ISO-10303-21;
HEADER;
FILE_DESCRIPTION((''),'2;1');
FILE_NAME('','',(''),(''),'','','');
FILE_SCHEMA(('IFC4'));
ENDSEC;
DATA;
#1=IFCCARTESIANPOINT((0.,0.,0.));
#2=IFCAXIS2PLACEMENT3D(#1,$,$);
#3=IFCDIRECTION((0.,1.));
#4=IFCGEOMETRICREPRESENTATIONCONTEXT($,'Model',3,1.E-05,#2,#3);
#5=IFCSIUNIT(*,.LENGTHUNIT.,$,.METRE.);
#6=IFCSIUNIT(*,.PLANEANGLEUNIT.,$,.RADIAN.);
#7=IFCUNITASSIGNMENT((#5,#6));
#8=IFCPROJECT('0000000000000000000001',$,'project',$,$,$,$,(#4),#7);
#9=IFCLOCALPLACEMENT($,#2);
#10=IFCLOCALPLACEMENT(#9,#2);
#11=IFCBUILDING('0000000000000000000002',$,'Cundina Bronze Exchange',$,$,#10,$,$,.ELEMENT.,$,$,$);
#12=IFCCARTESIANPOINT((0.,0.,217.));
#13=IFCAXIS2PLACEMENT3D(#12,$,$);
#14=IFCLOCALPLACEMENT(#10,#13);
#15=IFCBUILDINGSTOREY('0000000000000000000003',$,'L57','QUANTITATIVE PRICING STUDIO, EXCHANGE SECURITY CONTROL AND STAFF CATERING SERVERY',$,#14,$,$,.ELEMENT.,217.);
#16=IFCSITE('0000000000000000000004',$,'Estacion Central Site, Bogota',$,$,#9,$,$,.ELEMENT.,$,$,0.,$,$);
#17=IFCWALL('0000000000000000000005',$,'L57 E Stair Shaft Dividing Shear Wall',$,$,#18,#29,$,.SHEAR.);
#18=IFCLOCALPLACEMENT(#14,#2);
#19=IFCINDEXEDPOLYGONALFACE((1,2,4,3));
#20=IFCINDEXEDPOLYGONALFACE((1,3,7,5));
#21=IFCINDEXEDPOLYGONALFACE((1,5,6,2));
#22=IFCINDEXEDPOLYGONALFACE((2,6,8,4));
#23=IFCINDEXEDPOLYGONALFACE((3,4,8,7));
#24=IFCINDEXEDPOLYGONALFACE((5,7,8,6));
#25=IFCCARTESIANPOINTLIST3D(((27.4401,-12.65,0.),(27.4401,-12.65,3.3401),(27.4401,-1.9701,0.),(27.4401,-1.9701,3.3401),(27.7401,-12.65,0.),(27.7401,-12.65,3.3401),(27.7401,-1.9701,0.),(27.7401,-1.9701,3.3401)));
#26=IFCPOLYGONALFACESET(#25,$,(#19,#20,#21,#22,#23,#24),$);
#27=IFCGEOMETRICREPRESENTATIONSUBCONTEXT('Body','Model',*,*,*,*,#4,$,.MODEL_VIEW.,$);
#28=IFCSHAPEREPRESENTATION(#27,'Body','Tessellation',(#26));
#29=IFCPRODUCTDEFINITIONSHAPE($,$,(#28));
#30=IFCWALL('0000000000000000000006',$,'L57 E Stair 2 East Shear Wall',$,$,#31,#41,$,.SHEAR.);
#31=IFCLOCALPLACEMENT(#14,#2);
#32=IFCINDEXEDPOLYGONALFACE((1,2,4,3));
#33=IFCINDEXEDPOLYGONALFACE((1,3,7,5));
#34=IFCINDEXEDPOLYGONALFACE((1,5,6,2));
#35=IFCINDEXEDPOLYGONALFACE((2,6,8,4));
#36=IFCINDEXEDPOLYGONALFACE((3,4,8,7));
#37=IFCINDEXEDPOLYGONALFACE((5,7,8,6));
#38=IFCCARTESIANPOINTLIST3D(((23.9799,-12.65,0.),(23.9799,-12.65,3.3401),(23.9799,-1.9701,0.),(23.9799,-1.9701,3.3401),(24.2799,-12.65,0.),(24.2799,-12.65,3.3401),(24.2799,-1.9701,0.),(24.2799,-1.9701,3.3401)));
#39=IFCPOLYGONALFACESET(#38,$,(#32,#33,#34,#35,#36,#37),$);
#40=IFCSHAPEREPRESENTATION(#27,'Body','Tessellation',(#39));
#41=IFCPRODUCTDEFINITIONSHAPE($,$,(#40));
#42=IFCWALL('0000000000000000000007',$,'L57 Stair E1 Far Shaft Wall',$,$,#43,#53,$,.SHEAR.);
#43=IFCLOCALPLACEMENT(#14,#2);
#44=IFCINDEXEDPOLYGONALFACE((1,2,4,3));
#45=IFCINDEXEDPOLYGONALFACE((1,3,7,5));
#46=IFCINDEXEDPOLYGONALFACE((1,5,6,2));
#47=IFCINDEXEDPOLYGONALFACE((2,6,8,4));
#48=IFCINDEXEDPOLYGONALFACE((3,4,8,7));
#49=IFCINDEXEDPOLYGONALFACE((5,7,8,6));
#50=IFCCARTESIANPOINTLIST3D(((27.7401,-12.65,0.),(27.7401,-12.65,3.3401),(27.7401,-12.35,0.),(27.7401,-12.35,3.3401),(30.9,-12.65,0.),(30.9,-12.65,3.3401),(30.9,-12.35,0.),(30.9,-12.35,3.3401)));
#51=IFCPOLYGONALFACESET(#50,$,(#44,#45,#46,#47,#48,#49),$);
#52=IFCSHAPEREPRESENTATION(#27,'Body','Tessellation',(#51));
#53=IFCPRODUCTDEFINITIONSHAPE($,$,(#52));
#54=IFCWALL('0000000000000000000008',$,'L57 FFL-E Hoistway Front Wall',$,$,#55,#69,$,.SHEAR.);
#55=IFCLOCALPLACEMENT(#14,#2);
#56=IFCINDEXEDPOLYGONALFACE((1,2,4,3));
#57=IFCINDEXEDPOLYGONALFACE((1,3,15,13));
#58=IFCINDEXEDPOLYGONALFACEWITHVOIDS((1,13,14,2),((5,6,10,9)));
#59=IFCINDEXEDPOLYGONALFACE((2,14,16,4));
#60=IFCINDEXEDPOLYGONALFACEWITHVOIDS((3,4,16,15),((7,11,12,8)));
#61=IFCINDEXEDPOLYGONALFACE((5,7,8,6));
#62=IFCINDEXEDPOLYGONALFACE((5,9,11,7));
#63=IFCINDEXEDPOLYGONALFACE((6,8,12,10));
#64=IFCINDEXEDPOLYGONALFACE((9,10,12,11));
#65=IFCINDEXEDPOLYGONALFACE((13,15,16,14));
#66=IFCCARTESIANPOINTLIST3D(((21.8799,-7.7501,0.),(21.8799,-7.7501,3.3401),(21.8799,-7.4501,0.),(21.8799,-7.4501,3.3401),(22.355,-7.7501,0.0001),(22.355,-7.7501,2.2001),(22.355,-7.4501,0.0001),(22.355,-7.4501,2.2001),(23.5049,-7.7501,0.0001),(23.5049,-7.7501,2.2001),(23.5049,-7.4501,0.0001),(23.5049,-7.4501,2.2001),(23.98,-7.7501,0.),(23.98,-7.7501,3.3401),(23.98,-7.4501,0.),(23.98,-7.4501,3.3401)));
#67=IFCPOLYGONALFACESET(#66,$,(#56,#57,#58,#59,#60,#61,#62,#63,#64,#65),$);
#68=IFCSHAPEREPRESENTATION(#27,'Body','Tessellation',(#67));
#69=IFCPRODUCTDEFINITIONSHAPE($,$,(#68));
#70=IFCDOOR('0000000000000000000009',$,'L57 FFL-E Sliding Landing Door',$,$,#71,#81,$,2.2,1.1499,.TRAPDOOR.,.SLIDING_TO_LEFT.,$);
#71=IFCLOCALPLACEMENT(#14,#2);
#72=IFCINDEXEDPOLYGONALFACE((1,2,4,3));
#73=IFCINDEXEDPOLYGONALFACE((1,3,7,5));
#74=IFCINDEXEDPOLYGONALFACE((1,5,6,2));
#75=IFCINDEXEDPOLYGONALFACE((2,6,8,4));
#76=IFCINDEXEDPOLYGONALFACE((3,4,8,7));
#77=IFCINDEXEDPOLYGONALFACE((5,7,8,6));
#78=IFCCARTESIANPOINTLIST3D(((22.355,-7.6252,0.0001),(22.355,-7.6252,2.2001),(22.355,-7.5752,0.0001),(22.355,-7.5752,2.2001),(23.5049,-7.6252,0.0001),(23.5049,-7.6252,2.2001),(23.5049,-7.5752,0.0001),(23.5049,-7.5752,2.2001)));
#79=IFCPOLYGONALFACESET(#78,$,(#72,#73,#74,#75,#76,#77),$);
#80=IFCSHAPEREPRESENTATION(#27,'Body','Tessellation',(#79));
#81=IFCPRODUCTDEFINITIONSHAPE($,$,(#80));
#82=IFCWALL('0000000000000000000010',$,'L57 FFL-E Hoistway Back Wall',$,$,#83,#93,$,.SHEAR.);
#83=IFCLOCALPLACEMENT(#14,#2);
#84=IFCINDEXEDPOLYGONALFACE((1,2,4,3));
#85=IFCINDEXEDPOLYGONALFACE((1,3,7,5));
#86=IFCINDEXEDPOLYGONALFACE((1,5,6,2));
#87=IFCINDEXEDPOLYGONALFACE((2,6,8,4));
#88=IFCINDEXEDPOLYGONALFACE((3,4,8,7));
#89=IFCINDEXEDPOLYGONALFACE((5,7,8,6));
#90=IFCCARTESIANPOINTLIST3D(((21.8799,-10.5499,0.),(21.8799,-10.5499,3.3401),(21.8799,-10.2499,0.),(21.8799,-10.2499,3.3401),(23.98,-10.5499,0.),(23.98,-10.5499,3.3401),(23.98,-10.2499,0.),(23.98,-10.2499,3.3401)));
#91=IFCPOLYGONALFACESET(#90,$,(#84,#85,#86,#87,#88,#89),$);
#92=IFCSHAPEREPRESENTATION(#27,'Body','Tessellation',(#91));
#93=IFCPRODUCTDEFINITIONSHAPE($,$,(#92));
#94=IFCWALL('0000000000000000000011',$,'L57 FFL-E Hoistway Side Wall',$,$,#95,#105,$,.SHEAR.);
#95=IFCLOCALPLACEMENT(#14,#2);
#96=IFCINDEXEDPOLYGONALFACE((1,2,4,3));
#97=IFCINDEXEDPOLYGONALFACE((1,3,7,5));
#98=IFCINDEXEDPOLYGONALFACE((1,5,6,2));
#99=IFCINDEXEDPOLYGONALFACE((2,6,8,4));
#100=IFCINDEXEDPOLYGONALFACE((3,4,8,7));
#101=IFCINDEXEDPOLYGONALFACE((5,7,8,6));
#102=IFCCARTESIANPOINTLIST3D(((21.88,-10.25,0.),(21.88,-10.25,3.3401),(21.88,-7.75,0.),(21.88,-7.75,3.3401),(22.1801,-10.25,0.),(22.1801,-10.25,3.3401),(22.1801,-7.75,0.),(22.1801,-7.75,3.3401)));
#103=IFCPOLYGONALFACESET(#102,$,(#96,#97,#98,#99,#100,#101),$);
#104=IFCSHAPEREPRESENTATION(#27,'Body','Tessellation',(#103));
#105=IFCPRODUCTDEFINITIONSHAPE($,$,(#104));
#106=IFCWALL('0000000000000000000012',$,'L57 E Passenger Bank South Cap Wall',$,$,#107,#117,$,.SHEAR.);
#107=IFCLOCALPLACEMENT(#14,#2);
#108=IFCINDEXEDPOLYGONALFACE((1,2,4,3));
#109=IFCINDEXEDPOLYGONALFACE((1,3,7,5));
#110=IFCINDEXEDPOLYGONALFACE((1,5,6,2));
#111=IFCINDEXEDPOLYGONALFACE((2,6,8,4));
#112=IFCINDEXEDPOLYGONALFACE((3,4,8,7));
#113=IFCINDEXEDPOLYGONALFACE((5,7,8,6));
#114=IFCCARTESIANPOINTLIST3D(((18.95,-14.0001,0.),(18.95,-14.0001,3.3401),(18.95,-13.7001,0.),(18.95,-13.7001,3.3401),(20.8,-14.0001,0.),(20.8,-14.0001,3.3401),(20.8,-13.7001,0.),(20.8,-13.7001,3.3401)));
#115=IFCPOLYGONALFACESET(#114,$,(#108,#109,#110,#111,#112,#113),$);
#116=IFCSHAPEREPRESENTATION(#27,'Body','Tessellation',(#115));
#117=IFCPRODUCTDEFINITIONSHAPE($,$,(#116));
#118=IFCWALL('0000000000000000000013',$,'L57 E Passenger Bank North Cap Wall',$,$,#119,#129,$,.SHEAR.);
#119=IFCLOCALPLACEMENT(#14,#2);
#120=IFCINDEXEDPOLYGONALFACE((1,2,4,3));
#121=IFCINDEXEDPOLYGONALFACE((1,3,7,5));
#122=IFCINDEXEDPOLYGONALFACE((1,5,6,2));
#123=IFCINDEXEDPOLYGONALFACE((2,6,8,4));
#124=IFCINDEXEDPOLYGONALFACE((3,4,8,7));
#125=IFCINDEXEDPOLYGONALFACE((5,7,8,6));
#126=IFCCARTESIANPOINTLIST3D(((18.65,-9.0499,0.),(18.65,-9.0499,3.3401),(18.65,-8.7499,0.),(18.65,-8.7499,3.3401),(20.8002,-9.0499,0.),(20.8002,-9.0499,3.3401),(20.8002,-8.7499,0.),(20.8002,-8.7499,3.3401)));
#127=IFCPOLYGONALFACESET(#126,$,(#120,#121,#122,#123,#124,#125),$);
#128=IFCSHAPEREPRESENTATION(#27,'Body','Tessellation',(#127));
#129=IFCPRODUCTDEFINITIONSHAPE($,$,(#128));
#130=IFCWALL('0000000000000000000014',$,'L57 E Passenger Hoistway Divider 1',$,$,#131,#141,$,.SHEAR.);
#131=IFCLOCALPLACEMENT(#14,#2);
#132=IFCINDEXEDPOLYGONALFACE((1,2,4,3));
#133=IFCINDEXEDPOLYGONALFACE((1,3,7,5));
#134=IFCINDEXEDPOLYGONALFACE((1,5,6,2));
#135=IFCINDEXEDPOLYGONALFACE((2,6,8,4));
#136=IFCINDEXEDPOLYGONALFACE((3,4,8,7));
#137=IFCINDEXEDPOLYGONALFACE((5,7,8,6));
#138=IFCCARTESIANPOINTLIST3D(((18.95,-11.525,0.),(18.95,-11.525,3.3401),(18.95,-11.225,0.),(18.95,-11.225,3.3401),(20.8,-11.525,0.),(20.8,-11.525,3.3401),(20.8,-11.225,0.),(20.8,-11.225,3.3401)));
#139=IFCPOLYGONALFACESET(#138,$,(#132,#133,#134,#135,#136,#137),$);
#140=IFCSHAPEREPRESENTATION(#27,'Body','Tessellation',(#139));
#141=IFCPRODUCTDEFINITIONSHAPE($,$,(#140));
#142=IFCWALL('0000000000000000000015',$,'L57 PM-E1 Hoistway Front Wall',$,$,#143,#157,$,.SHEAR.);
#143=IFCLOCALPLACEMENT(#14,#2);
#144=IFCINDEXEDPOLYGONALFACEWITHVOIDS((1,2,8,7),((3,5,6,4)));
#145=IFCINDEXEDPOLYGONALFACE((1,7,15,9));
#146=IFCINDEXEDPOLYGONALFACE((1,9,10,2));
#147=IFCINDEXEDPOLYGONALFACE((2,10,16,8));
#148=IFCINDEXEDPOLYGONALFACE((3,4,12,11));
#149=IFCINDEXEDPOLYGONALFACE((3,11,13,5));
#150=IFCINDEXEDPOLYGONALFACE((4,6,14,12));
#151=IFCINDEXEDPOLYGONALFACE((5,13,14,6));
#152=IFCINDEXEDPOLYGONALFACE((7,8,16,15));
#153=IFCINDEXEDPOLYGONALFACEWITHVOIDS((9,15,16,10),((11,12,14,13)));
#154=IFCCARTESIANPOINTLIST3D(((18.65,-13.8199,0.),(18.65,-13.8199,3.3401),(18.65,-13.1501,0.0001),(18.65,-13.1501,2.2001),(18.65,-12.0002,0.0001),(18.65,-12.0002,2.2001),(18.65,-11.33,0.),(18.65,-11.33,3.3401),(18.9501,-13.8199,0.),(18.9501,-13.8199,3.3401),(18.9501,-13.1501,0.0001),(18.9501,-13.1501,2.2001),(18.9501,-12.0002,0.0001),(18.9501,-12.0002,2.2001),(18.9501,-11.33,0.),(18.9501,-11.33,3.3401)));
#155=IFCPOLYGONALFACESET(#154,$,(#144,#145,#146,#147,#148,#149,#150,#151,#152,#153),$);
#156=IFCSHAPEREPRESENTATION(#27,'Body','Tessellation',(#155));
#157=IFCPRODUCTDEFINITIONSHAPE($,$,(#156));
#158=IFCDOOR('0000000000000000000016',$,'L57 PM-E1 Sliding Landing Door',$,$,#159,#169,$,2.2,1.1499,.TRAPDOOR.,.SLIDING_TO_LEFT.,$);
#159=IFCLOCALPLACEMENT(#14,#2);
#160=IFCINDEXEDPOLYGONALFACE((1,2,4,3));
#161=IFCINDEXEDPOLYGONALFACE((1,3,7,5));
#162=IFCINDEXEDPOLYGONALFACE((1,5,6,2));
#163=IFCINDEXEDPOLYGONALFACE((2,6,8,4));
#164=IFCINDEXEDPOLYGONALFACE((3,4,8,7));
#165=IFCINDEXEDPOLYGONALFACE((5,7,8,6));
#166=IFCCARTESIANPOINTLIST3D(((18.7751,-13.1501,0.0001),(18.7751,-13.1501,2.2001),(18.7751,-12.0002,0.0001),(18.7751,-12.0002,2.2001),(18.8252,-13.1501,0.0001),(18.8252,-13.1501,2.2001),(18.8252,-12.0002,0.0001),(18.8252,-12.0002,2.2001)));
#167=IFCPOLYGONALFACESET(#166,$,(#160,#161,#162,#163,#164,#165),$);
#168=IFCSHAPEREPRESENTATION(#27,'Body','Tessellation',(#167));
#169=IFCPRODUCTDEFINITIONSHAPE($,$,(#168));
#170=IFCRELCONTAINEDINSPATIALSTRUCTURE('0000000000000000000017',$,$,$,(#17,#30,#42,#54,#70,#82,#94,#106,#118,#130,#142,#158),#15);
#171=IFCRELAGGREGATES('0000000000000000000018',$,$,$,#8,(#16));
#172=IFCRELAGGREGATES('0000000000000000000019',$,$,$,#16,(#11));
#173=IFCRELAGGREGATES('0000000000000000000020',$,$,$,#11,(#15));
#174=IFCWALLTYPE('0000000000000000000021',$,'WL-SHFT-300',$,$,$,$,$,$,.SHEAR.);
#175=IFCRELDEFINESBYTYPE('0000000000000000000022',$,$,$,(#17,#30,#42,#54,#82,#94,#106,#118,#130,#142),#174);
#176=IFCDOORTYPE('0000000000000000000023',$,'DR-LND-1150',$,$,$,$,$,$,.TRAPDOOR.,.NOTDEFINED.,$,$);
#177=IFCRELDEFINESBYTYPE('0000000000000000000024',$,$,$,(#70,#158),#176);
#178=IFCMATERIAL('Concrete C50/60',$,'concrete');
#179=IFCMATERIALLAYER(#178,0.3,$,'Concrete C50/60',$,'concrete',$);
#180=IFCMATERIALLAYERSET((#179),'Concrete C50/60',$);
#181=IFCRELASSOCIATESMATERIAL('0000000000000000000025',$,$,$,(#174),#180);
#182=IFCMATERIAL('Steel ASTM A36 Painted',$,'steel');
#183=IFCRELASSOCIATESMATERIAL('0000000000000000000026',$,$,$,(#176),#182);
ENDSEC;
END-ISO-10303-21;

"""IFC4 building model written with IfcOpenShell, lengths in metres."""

from ifc_helpers import new_model, si_unit, direction, frame, frame_2d, origin, place, context, subcontext, project, spatial, rectangle, extrude, material, layer, layer_set, type_object, element, fill, save


model = new_model("IFC4")

# Units and contexts
model_context = context("Model", 3, precision=1e-05, world=origin(), true_north=direction((0.0, 1.0)))
body_context = subcontext(model_context, "Body", "Model", "MODEL_VIEW")
ifc_project = project(units=[si_unit("LENGTHUNIT", "METRE"), si_unit("PLANEANGLEUNIT", "RADIAN")], contexts=[model_context])

# Site, building, storey
site_placement = place(None, origin())
site = spatial("IfcSite", under=ifc_project, at=site_placement, Name="Estacion Central Site, Bogota", CompositionType="ELEMENT", RefElevation=0.0)
building_placement = place(site_placement, origin())
building = spatial("IfcBuilding", under=site, at=building_placement, Name="Cundina Bronze Exchange", CompositionType="ELEMENT")
storey_placement = place(building_placement, frame((0.0, 0.0, 217.0)))
storey = spatial("IfcBuildingStorey", under=building, at=storey_placement, Name="L57", Description="QUANTITATIVE PRICING STUDIO, EXCHANGE SECURITY CONTROL AND STAFF CATERING SERVERY", CompositionType="ELEMENT", Elevation=217.0)

# Shared definitions
ifc_material_1 = material(Name="Concrete C50/60", Category="concrete")

# Walls
ifc_layer_1 = layer(ifc_material_1, 0.3, Name="Concrete C50/60", Category="concrete")
ifc_layer_set_1 = layer_set([ifc_layer_1], Name="Concrete C50/60")
wall_type_1 = type_object("IfcWallType", Name="WL-SHFT-300", PredefinedType="SHEAR", material=ifc_layer_set_1)
for number, where, z_axis, x_axis, name in (
    (1, (27.5901, -12.6499, 0.0), (0.0, 0.0, 1.0), (0.0, 1.0, 0.0), "L57 E Stair Shaft Dividing Shear Wall"),
    (2, (24.1299, -12.6499, 0.0), (0.0, 0.0, 1.0), (0.0, 1.0, 0.0), "L57 E Stair 2 East Shear Wall"),
):
    element("IfcWall", number, at=place(storey_placement, frame(where, z_axis=z_axis, x_axis=x_axis)), inside=storey, type_object=wall_type_1, Name=name, PredefinedType="SHEAR", context=body_context, shape_type="SweptSolid", body=[
        extrude(rectangle(XDim=10.6799, YDim=0.3, at=frame_2d((5.3398, 0.0))), origin(), (0.0, 0.0, 1.0), 3.3401),
    ])
wall_1_placement = place(storey_placement, frame((27.74, -12.5, 0.0), z_axis=(0.0, 0.0, 1.0), x_axis=(1.0, 0.0, 0.0)))
element("IfcWall", 3, at=wall_1_placement, inside=storey, type_object=wall_type_1, Name="L57 Stair E1 Far Shaft Wall", PredefinedType="SHEAR", context=body_context, shape_type="SweptSolid", body=[
    extrude(rectangle(XDim=3.1599, YDim=0.3, at=frame_2d((1.5801, 0.0))), origin(), (0.0, 0.0, 1.0), 3.3401),
])

# Wall, opening, door
ifc_material_2 = material(Name="Steel ASTM A36 Painted", Category="steel")
wall_2_placement = place(storey_placement, frame((21.8799, -7.6001, 0.0), z_axis=(0.0, 0.0, 1.0), x_axis=(1.0, 0.0, 0.0)))
wall_2 = element("IfcWall", 4, at=wall_2_placement, inside=storey, type_object=wall_type_1, Name="L57 FFL-E Hoistway Front Wall", PredefinedType="SHEAR", context=body_context, shape_type="SweptSolid", body=[
    extrude(rectangle(XDim=2.1001, YDim=0.3, at=frame_2d((1.05, 0.0))), origin(), (0.0, 0.0, 1.0), 3.3401),
])
opening_1_placement = place(wall_2_placement, frame((0.4751, 0.0, 0.0)))
opening_1 = element("IfcOpeningElement", 5, at=opening_1_placement, cuts=wall_2, PredefinedType="OPENING", context=body_context, shape_type="SweptSolid", body=[
    extrude(rectangle(XDim=1.1499, YDim=2.2, at=frame_2d((0.575, 1.1001))), frame((0.0, 0.1599, 0.0), z_axis=(0.0, -1.0, 0.0), x_axis=(1.0, 0.0, 0.0)), (0.0, 0.0, 1.0), 0.3201),
])
door_type_1 = type_object("IfcDoorType", Name="DR-LND-1150", OperationType="NOTDEFINED", PredefinedType="TRAPDOOR", material=ifc_material_2)
door_1_placement = place(opening_1_placement, origin())
door_1 = element("IfcDoor", 6, at=door_1_placement, inside=storey, type_object=door_type_1, Name="L57 FFL-E Sliding Landing Door", OperationType="SLIDING_TO_LEFT", OverallHeight=2.2, OverallWidth=1.1499, PredefinedType="TRAPDOOR", context=body_context, shape_type="SweptSolid", body=[
    extrude(rectangle(XDim=1.1499, YDim=2.2, at=frame_2d((0.575, 1.1001))), frame((0.0, 0.0249, 0.0), z_axis=(0.0, -1.0, 0.0), x_axis=(1.0, 0.0, 0.0)), (0.0, 0.0, 1.0), 0.05),
])
fill(opening_1, door_1)

# Walls
wall_3_placement = place(storey_placement, frame((21.8799, -10.3999, 0.0), z_axis=(0.0, 0.0, 1.0), x_axis=(1.0, 0.0, 0.0)))
element("IfcWall", 7, at=wall_3_placement, inside=storey, type_object=wall_type_1, Name="L57 FFL-E Hoistway Back Wall", PredefinedType="SHEAR", context=body_context, shape_type="SweptSolid", body=[
    extrude(rectangle(XDim=2.1001, YDim=0.3, at=frame_2d((1.05, 0.0))), origin(), (0.0, 0.0, 1.0), 3.3401),
])
wall_4_placement = place(storey_placement, frame((22.03, -10.25, 0.0), z_axis=(0.0, 0.0, 1.0), x_axis=(0.0, 1.0, 0.0)))
element("IfcWall", 8, at=wall_4_placement, inside=storey, type_object=wall_type_1, Name="L57 FFL-E Hoistway Side Wall", PredefinedType="SHEAR", context=body_context, shape_type="SweptSolid", body=[
    extrude(rectangle(XDim=2.5, YDim=0.3, at=frame_2d((1.25, 0.0))), origin(), (0.0, 0.0, 1.0), 3.3401),
])
wall_5_placement = place(storey_placement, frame((18.95, -13.8501, 0.0), z_axis=(0.0, 0.0, 1.0), x_axis=(1.0, 0.0, 0.0)))
element("IfcWall", 9, at=wall_5_placement, inside=storey, type_object=wall_type_1, Name="L57 E Passenger Bank South Cap Wall", PredefinedType="SHEAR", context=body_context, shape_type="SweptSolid", body=[
    extrude(rectangle(XDim=1.8501, YDim=0.3, at=frame_2d((0.925, 0.0))), origin(), (0.0, 0.0, 1.0), 3.3401),
])
wall_6_placement = place(storey_placement, frame((18.6499, -8.8999, 0.0), z_axis=(0.0, 0.0, 1.0), x_axis=(1.0, 0.0, 0.0)))
element("IfcWall", 10, at=wall_6_placement, inside=storey, type_object=wall_type_1, Name="L57 E Passenger Bank North Cap Wall", PredefinedType="SHEAR", context=body_context, shape_type="SweptSolid", body=[
    extrude(rectangle(XDim=2.1501, YDim=0.3, at=frame_2d((1.0752, 0.0))), origin(), (0.0, 0.0, 1.0), 3.3401),
])
wall_7_placement = place(storey_placement, frame((18.95, -11.375, 0.0), z_axis=(0.0, 0.0, 1.0), x_axis=(1.0, 0.0, 0.0)))
element("IfcWall", 11, at=wall_7_placement, inside=storey, type_object=wall_type_1, Name="L57 E Passenger Hoistway Divider 1", PredefinedType="SHEAR", context=body_context, shape_type="SweptSolid", body=[
    extrude(rectangle(XDim=1.8501, YDim=0.3, at=frame_2d((0.925, 0.0))), origin(), (0.0, 0.0, 1.0), 3.3401),
])

# Wall, opening, door
wall_8_placement = place(storey_placement, frame((18.8, -13.8201, 0.0), z_axis=(0.0, 0.0, 1.0), x_axis=(0.0, 1.0, 0.0)))
wall_8 = element("IfcWall", 12, at=wall_8_placement, inside=storey, type_object=wall_type_1, Name="L57 PM-E1 Hoistway Front Wall", PredefinedType="SHEAR", context=body_context, shape_type="SweptSolid", body=[
    extrude(rectangle(XDim=2.49, YDim=0.3, at=frame_2d((1.2451, 0.0))), origin(), (0.0, 0.0, 1.0), 3.3401),
])
opening_2_placement = place(wall_8_placement, frame((0.6699, 0.0, 0.0)))
opening_2 = element("IfcOpeningElement", 13, at=opening_2_placement, cuts=wall_8, PredefinedType="OPENING", context=body_context, shape_type="SweptSolid", body=[
    extrude(rectangle(XDim=1.1499, YDim=2.2, at=frame_2d((0.575, 1.1001))), frame((0.0, 0.1599, 0.0), z_axis=(0.0, -1.0, 0.0), x_axis=(1.0, 0.0, 0.0)), (0.0, 0.0, 1.0), 0.3201),
])
door_2_placement = place(opening_2_placement, origin())
door_2 = element("IfcDoor", 14, at=door_2_placement, inside=storey, type_object=door_type_1, Name="L57 PM-E1 Sliding Landing Door", OperationType="SLIDING_TO_LEFT", OverallHeight=2.2, OverallWidth=1.1499, PredefinedType="TRAPDOOR", context=body_context, shape_type="SweptSolid", body=[
    extrude(rectangle(XDim=1.1499, YDim=2.2, at=frame_2d((0.575, 1.1001))), frame((0.0, 0.0249, 0.0), z_axis=(0.0, -1.0, 0.0), x_axis=(1.0, 0.0, 0.0)), (0.0, 0.0, 1.0), 0.05),
])
fill(opening_2, door_2)

save(model, "model.ifc")
